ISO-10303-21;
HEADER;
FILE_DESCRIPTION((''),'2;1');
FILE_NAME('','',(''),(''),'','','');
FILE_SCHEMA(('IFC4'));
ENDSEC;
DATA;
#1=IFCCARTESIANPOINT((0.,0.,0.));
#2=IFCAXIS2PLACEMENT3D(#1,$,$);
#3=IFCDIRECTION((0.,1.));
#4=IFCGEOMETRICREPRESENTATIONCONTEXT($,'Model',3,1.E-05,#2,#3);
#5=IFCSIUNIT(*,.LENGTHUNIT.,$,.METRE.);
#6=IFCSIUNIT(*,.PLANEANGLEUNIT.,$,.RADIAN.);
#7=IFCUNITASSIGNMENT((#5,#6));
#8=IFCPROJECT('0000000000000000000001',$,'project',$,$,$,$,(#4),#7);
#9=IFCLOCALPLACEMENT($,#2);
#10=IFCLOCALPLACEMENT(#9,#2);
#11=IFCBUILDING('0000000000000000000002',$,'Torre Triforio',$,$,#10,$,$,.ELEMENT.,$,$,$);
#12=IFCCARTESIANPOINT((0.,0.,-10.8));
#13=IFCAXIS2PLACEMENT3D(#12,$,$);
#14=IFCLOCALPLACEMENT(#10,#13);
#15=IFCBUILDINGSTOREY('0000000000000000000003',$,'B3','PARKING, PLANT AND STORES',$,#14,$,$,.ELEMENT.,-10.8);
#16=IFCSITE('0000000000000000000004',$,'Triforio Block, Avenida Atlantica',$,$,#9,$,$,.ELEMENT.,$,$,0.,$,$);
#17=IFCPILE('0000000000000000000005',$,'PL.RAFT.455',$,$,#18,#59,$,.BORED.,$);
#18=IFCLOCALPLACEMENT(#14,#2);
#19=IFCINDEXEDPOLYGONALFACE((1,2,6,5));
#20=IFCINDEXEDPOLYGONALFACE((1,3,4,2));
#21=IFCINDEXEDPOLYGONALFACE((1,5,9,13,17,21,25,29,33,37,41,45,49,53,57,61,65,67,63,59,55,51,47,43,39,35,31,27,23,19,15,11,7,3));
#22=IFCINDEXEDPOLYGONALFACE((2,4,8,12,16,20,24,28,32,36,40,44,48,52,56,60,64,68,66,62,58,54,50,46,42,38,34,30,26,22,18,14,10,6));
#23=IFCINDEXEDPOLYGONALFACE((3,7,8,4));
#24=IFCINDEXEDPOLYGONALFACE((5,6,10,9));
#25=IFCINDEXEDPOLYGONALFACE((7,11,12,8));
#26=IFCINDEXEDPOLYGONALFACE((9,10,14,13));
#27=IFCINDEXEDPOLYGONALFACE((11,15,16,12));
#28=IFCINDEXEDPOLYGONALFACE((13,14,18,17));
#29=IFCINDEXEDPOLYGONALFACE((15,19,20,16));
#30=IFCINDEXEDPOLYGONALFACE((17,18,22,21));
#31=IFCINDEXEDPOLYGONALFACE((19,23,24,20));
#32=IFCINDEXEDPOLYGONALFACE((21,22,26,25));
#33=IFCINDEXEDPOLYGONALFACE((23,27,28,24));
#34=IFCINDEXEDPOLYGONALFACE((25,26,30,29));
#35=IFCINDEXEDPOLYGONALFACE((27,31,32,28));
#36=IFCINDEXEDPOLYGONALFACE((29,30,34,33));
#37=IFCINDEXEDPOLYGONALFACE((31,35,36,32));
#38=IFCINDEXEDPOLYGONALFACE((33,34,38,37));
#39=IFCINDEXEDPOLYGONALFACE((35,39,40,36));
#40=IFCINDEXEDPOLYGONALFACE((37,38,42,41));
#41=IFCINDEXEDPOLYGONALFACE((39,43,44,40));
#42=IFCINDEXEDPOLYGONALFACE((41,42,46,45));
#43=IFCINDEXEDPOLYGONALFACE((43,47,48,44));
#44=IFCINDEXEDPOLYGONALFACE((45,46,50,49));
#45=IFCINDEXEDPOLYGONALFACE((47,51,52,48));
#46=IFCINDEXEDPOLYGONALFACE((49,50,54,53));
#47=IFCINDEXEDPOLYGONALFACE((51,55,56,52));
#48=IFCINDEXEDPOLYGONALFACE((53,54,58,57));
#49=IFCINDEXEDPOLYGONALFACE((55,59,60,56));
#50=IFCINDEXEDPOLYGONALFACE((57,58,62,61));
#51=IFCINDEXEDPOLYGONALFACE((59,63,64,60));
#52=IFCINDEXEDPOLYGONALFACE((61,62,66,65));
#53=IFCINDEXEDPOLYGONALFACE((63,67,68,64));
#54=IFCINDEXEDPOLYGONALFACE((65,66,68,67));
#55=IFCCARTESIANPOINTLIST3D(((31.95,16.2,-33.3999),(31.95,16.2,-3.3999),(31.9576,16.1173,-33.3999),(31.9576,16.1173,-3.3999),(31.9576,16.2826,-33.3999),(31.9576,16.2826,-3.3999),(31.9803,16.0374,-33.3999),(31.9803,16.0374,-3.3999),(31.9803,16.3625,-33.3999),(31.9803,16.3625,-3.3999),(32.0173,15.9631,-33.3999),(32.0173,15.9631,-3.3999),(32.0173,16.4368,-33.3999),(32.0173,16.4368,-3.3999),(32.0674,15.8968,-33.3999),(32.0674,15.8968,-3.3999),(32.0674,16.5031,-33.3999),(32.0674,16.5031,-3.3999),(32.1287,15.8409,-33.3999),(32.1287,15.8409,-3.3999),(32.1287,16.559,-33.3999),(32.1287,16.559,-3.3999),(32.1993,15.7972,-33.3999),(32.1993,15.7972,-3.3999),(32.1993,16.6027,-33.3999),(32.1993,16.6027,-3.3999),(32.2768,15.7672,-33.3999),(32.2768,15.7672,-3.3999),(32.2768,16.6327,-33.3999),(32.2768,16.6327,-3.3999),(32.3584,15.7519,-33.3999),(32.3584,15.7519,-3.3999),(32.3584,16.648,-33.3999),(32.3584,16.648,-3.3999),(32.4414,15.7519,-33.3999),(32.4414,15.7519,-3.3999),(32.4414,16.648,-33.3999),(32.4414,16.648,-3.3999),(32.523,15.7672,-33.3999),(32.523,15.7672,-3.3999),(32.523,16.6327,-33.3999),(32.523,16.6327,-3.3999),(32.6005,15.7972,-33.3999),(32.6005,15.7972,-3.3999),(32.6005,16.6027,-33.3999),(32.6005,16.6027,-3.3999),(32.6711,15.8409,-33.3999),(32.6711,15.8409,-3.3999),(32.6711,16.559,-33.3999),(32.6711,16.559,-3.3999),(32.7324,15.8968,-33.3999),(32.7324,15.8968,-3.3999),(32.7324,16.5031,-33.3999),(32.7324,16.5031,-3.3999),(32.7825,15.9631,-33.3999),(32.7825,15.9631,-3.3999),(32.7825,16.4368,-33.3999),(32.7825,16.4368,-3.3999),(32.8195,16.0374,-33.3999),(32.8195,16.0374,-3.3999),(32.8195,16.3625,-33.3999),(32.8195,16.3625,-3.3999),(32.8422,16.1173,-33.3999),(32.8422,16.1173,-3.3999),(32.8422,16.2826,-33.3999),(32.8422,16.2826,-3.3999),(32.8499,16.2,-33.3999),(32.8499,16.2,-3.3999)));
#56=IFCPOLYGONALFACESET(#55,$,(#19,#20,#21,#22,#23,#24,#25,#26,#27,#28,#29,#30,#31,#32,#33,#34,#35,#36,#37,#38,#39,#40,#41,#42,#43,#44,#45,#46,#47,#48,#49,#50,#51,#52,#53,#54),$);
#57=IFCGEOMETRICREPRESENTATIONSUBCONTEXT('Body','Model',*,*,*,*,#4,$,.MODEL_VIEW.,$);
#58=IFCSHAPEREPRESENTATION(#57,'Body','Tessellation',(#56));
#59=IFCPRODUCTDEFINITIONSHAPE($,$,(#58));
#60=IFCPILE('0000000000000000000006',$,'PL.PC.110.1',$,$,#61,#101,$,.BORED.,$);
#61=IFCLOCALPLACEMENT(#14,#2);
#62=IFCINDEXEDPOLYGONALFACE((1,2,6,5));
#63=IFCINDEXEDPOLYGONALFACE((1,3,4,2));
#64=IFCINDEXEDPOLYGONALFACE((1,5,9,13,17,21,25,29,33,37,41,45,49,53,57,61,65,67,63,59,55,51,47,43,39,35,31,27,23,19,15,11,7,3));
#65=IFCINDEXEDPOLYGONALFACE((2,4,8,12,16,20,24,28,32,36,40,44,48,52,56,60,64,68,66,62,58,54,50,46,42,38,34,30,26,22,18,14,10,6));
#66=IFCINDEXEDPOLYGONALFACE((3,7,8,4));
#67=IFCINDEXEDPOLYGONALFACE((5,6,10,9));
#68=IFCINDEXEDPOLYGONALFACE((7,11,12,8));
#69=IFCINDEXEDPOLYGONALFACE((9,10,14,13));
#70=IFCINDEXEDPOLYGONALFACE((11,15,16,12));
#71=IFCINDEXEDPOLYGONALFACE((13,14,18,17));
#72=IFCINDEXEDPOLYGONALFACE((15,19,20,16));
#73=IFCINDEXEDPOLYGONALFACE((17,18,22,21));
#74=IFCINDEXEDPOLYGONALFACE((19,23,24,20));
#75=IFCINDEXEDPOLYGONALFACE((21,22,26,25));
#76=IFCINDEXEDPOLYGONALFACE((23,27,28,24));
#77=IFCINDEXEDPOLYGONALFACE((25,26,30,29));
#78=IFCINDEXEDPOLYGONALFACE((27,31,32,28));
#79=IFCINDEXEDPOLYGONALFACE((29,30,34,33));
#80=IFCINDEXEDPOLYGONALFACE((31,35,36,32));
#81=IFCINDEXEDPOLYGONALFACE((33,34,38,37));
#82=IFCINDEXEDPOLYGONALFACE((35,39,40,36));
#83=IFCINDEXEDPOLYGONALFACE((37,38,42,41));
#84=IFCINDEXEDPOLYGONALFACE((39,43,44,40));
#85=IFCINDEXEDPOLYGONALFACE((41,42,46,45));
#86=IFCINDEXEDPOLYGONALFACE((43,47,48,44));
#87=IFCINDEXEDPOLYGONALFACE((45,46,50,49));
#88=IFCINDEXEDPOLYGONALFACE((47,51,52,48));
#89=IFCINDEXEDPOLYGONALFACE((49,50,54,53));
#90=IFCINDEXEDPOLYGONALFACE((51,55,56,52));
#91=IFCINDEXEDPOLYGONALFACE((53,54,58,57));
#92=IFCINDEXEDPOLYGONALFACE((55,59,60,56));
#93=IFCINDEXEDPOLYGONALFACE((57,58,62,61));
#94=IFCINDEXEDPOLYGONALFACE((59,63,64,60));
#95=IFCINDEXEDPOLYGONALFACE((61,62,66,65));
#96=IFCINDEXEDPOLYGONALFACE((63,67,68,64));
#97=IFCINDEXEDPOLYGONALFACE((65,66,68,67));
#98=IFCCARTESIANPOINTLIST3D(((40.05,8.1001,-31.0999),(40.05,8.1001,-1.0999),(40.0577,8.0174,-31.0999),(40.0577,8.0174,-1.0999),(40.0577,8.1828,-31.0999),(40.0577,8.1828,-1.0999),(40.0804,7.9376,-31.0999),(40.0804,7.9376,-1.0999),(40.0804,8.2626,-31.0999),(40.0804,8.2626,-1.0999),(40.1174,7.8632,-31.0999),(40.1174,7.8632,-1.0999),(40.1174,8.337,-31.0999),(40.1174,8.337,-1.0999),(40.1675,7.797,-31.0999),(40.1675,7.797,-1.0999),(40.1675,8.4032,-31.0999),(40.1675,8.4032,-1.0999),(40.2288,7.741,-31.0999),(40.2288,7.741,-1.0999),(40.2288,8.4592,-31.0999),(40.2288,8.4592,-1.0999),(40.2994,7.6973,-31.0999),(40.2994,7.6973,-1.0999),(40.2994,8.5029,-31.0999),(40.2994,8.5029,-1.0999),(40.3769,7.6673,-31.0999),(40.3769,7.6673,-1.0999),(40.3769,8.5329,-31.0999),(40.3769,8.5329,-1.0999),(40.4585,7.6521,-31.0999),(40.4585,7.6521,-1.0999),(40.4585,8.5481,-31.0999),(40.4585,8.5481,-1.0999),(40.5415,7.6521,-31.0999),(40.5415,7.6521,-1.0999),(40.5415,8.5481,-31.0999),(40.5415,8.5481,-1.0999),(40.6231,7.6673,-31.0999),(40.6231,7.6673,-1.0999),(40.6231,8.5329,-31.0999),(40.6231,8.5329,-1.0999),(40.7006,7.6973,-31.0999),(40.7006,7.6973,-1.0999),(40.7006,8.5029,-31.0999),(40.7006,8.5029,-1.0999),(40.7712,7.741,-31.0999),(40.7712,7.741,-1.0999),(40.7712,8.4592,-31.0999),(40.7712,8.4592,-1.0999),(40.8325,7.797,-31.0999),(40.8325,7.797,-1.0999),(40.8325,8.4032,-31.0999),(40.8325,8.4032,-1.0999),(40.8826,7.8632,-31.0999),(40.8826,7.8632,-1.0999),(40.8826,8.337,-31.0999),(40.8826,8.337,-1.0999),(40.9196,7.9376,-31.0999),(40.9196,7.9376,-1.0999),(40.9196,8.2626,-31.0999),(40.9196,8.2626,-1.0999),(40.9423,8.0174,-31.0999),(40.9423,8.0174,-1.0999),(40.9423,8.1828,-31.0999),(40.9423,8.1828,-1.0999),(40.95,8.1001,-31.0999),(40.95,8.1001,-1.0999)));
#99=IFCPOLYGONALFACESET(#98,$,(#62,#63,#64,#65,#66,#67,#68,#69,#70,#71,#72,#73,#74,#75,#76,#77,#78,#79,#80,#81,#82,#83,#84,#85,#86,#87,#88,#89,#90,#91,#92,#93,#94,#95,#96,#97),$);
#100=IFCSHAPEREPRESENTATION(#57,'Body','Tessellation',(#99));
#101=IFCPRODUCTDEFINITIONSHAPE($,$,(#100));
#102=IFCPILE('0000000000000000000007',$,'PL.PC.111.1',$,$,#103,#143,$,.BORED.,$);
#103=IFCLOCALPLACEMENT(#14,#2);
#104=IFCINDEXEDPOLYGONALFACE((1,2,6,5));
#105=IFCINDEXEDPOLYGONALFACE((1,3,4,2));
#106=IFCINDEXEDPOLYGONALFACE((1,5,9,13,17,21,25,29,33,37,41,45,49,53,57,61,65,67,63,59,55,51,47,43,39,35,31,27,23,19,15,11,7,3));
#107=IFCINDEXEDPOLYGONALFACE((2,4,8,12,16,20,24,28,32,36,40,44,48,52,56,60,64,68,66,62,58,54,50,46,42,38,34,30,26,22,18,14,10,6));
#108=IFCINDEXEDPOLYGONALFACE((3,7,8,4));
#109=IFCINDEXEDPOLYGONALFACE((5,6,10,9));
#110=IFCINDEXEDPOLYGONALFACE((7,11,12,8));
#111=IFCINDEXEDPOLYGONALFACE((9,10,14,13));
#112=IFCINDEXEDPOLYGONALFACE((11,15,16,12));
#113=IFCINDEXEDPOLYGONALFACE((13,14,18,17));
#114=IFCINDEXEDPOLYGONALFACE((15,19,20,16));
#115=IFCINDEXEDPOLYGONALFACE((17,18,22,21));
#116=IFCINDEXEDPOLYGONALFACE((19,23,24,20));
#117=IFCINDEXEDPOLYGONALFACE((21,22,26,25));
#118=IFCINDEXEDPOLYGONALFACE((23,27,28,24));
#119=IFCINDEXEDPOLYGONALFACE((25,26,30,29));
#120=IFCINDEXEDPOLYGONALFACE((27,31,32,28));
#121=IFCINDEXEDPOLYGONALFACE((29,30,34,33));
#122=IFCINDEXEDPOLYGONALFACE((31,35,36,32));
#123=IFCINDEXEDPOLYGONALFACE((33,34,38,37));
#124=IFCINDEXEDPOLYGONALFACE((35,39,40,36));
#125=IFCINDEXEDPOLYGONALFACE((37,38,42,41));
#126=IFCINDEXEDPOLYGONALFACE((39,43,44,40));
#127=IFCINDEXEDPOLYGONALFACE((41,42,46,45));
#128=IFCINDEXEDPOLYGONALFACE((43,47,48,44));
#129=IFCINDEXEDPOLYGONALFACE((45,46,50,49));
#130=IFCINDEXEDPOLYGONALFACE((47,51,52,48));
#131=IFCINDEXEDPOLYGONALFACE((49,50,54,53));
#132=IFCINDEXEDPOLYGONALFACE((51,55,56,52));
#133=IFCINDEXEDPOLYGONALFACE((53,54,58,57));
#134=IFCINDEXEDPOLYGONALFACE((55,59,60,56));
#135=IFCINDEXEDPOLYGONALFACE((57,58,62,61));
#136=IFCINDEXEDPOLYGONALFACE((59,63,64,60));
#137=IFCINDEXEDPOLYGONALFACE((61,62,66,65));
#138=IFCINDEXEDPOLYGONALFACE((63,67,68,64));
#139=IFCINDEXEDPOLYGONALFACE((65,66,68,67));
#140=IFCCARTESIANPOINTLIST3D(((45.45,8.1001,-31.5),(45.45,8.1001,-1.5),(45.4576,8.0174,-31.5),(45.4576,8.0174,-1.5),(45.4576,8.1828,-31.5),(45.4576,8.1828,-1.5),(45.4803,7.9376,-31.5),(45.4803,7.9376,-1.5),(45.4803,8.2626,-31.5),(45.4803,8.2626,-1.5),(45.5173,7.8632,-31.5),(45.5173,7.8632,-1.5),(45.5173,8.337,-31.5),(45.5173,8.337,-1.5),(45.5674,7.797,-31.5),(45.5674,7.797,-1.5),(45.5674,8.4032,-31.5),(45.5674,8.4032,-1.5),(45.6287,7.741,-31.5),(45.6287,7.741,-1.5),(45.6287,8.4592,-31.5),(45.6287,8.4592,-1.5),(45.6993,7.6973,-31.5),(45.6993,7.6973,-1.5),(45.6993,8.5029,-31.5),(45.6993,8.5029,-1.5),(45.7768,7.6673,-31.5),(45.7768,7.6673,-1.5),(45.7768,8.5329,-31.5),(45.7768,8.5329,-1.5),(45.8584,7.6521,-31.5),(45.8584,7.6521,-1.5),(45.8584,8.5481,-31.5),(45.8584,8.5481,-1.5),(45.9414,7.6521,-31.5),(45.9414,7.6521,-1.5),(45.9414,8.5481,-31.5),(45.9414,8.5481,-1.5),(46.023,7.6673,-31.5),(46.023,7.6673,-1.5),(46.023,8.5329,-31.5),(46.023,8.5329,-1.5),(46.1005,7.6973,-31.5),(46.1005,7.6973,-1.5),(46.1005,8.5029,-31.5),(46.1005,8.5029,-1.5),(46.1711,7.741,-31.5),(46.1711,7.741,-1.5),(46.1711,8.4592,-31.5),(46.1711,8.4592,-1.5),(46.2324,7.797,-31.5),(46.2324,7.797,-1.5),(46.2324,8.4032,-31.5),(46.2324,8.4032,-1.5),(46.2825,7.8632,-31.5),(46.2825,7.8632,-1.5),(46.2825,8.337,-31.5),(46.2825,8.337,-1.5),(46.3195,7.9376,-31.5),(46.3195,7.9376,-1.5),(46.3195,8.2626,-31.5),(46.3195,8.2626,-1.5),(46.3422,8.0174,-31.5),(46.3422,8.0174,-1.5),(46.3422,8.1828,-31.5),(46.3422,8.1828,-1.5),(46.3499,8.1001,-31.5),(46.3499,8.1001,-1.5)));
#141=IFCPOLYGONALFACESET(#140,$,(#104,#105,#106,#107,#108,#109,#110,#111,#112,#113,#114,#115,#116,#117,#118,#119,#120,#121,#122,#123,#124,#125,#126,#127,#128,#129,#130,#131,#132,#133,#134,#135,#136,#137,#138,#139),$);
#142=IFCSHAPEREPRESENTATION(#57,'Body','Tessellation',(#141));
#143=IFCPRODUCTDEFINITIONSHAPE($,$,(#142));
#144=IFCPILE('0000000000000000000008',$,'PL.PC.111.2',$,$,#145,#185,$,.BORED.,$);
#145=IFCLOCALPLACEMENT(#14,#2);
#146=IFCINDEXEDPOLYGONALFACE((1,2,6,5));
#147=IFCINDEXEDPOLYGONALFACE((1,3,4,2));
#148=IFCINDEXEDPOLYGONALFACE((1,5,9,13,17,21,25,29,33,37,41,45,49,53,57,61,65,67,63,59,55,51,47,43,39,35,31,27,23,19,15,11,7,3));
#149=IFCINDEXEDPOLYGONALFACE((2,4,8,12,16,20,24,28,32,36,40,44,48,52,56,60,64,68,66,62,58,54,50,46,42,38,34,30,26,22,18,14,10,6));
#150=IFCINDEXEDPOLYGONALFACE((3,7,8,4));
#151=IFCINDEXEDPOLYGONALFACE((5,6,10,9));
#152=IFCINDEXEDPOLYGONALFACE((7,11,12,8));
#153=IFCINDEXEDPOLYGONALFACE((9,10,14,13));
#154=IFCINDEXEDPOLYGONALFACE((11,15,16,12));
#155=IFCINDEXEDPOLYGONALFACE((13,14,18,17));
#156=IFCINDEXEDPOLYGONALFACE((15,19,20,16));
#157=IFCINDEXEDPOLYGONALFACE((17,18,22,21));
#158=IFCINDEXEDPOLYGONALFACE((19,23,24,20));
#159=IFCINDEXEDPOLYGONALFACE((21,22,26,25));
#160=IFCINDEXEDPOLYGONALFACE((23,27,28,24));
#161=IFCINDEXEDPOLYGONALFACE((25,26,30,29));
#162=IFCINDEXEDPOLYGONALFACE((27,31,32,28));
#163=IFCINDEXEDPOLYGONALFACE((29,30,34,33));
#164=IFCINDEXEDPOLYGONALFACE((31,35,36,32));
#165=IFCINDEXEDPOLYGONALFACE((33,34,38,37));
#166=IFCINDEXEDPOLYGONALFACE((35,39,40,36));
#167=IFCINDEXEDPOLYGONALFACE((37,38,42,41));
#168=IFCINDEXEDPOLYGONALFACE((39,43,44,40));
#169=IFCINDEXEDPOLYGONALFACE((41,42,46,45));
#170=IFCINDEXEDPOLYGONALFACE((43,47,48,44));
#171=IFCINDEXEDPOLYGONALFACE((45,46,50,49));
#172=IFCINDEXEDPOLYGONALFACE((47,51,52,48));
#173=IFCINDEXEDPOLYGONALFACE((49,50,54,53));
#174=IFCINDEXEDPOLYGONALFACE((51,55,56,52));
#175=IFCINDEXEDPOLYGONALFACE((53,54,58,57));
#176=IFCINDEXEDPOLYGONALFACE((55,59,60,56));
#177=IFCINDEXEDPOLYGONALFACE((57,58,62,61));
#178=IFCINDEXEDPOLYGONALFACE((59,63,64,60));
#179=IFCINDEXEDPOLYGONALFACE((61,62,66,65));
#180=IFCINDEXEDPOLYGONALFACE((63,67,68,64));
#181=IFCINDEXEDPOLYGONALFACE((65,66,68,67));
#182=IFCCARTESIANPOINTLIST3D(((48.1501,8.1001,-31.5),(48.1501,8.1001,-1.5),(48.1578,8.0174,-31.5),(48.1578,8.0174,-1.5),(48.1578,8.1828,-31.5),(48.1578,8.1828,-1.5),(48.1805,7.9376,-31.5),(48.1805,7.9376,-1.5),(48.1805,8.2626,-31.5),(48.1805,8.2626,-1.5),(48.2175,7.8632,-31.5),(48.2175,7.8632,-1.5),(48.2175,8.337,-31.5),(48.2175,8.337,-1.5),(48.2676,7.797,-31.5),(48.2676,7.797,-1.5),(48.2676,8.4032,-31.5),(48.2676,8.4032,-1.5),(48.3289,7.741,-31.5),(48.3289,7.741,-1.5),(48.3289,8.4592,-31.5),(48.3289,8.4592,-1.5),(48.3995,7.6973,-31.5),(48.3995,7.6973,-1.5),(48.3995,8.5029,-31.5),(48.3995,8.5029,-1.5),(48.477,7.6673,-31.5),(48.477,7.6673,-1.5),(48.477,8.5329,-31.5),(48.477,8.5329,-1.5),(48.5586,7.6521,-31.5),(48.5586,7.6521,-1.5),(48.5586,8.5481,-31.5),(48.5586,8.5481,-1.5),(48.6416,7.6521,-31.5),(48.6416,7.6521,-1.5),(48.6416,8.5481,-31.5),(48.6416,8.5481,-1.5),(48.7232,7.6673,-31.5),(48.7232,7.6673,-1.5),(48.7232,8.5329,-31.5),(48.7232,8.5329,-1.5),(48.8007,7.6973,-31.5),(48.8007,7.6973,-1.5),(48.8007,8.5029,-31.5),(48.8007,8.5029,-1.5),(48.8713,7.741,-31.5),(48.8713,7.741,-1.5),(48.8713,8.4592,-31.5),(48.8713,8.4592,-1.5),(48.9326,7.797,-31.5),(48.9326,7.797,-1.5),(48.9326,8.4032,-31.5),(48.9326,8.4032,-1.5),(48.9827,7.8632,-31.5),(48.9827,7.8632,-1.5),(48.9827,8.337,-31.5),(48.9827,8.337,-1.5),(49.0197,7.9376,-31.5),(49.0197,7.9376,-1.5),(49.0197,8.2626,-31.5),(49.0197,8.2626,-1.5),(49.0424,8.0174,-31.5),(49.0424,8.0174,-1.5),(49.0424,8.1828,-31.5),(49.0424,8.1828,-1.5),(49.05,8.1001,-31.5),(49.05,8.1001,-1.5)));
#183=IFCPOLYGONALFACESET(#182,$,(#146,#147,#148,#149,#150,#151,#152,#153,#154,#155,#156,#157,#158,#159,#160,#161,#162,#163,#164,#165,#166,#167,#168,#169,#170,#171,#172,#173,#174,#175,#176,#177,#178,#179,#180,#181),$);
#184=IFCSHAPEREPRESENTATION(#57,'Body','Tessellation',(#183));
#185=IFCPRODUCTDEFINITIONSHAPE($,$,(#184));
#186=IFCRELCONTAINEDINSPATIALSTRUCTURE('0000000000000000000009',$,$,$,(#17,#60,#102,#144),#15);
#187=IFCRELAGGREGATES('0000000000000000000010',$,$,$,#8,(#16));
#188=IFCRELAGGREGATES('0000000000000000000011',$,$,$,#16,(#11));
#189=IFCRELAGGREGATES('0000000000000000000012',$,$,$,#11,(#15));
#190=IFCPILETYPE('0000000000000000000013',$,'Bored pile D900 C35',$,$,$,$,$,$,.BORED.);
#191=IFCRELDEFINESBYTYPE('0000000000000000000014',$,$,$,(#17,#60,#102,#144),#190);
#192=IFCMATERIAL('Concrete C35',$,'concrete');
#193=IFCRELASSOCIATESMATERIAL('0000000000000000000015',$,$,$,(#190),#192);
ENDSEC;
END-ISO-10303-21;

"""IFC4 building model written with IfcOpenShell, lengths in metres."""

from ifc_helpers import new_model, si_unit, direction, frame, origin, origin_2d, place, context, subcontext, project, spatial, circle, extrude, material, material_profile, profile_set, type_object, element, save


model = new_model("IFC4")

# Units and contexts
model_context = context("Model", 3, precision=1e-05, world=origin(), true_north=direction((0.0, 1.0)))
body_context = subcontext(model_context, "Body", "Model", "MODEL_VIEW")
ifc_project = project(units=[si_unit("LENGTHUNIT", "METRE"), si_unit("PLANEANGLEUNIT", "RADIAN")], contexts=[model_context])

# Site, building, storey
site_placement = place(None, origin())
site = spatial("IfcSite", under=ifc_project, at=site_placement, Name="Triforio Block, Avenida Atlantica", CompositionType="ELEMENT", RefElevation=0.0)
building_placement = place(site_placement, origin())
building = spatial("IfcBuilding", under=site, at=building_placement, Name="Torre Triforio", CompositionType="ELEMENT")
storey_placement = place(building_placement, frame((0.0, 0.0, -10.8)))
storey = spatial("IfcBuildingStorey", under=building, at=storey_placement, Name="B3", Description="PARKING, PLANT AND STORES", CompositionType="ELEMENT", Elevation=-10.8)

# Piles
ifc_material_1 = material(Name="Concrete C35", Category="concrete")
ifc_material_profile_1 = material_profile(ifc_material_1, circle(Radius=0.45, at=origin_2d()), Name="RC D900")
ifc_profile_set_1 = profile_set([ifc_material_profile_1], Name="Concrete C35")
pile_type = type_object("IfcPileType", Name="Bored pile D900 C35", PredefinedType="BORED", material=ifc_profile_set_1)
for number, where, z_axis, x_axis, name in (
    (1, (32.3999, 16.2, -3.3999), (0.0, 0.0, -1.0), (1.0, 0.0, 0.0), "PL.RAFT.455"),
    (2, (40.5, 8.1001, -1.0999), (0.0, 0.0, -1.0), (1.0, 0.0, 0.0), "PL.PC.110.1"),
    (3, (45.8999, 8.1001, -1.5), (0.0, 0.0, -1.0), (1.0, 0.0, 0.0), "PL.PC.111.1"),
    (4, (48.6001, 8.1001, -1.5), (0.0, 0.0, -1.0), (1.0, 0.0, 0.0), "PL.PC.111.2"),
):
    element("IfcPile", number, at=place(storey_placement, frame(where, z_axis=z_axis, x_axis=x_axis)), inside=storey, type_object=pile_type, Name=name, PredefinedType="BORED", context=body_context, shape_type="SweptSolid", body=[
        extrude(circle(Radius=0.45, at=origin_2d()), origin(), (0.0, 0.0, 1.0), 30.0),
    ])

save(model, "model.ifc")
